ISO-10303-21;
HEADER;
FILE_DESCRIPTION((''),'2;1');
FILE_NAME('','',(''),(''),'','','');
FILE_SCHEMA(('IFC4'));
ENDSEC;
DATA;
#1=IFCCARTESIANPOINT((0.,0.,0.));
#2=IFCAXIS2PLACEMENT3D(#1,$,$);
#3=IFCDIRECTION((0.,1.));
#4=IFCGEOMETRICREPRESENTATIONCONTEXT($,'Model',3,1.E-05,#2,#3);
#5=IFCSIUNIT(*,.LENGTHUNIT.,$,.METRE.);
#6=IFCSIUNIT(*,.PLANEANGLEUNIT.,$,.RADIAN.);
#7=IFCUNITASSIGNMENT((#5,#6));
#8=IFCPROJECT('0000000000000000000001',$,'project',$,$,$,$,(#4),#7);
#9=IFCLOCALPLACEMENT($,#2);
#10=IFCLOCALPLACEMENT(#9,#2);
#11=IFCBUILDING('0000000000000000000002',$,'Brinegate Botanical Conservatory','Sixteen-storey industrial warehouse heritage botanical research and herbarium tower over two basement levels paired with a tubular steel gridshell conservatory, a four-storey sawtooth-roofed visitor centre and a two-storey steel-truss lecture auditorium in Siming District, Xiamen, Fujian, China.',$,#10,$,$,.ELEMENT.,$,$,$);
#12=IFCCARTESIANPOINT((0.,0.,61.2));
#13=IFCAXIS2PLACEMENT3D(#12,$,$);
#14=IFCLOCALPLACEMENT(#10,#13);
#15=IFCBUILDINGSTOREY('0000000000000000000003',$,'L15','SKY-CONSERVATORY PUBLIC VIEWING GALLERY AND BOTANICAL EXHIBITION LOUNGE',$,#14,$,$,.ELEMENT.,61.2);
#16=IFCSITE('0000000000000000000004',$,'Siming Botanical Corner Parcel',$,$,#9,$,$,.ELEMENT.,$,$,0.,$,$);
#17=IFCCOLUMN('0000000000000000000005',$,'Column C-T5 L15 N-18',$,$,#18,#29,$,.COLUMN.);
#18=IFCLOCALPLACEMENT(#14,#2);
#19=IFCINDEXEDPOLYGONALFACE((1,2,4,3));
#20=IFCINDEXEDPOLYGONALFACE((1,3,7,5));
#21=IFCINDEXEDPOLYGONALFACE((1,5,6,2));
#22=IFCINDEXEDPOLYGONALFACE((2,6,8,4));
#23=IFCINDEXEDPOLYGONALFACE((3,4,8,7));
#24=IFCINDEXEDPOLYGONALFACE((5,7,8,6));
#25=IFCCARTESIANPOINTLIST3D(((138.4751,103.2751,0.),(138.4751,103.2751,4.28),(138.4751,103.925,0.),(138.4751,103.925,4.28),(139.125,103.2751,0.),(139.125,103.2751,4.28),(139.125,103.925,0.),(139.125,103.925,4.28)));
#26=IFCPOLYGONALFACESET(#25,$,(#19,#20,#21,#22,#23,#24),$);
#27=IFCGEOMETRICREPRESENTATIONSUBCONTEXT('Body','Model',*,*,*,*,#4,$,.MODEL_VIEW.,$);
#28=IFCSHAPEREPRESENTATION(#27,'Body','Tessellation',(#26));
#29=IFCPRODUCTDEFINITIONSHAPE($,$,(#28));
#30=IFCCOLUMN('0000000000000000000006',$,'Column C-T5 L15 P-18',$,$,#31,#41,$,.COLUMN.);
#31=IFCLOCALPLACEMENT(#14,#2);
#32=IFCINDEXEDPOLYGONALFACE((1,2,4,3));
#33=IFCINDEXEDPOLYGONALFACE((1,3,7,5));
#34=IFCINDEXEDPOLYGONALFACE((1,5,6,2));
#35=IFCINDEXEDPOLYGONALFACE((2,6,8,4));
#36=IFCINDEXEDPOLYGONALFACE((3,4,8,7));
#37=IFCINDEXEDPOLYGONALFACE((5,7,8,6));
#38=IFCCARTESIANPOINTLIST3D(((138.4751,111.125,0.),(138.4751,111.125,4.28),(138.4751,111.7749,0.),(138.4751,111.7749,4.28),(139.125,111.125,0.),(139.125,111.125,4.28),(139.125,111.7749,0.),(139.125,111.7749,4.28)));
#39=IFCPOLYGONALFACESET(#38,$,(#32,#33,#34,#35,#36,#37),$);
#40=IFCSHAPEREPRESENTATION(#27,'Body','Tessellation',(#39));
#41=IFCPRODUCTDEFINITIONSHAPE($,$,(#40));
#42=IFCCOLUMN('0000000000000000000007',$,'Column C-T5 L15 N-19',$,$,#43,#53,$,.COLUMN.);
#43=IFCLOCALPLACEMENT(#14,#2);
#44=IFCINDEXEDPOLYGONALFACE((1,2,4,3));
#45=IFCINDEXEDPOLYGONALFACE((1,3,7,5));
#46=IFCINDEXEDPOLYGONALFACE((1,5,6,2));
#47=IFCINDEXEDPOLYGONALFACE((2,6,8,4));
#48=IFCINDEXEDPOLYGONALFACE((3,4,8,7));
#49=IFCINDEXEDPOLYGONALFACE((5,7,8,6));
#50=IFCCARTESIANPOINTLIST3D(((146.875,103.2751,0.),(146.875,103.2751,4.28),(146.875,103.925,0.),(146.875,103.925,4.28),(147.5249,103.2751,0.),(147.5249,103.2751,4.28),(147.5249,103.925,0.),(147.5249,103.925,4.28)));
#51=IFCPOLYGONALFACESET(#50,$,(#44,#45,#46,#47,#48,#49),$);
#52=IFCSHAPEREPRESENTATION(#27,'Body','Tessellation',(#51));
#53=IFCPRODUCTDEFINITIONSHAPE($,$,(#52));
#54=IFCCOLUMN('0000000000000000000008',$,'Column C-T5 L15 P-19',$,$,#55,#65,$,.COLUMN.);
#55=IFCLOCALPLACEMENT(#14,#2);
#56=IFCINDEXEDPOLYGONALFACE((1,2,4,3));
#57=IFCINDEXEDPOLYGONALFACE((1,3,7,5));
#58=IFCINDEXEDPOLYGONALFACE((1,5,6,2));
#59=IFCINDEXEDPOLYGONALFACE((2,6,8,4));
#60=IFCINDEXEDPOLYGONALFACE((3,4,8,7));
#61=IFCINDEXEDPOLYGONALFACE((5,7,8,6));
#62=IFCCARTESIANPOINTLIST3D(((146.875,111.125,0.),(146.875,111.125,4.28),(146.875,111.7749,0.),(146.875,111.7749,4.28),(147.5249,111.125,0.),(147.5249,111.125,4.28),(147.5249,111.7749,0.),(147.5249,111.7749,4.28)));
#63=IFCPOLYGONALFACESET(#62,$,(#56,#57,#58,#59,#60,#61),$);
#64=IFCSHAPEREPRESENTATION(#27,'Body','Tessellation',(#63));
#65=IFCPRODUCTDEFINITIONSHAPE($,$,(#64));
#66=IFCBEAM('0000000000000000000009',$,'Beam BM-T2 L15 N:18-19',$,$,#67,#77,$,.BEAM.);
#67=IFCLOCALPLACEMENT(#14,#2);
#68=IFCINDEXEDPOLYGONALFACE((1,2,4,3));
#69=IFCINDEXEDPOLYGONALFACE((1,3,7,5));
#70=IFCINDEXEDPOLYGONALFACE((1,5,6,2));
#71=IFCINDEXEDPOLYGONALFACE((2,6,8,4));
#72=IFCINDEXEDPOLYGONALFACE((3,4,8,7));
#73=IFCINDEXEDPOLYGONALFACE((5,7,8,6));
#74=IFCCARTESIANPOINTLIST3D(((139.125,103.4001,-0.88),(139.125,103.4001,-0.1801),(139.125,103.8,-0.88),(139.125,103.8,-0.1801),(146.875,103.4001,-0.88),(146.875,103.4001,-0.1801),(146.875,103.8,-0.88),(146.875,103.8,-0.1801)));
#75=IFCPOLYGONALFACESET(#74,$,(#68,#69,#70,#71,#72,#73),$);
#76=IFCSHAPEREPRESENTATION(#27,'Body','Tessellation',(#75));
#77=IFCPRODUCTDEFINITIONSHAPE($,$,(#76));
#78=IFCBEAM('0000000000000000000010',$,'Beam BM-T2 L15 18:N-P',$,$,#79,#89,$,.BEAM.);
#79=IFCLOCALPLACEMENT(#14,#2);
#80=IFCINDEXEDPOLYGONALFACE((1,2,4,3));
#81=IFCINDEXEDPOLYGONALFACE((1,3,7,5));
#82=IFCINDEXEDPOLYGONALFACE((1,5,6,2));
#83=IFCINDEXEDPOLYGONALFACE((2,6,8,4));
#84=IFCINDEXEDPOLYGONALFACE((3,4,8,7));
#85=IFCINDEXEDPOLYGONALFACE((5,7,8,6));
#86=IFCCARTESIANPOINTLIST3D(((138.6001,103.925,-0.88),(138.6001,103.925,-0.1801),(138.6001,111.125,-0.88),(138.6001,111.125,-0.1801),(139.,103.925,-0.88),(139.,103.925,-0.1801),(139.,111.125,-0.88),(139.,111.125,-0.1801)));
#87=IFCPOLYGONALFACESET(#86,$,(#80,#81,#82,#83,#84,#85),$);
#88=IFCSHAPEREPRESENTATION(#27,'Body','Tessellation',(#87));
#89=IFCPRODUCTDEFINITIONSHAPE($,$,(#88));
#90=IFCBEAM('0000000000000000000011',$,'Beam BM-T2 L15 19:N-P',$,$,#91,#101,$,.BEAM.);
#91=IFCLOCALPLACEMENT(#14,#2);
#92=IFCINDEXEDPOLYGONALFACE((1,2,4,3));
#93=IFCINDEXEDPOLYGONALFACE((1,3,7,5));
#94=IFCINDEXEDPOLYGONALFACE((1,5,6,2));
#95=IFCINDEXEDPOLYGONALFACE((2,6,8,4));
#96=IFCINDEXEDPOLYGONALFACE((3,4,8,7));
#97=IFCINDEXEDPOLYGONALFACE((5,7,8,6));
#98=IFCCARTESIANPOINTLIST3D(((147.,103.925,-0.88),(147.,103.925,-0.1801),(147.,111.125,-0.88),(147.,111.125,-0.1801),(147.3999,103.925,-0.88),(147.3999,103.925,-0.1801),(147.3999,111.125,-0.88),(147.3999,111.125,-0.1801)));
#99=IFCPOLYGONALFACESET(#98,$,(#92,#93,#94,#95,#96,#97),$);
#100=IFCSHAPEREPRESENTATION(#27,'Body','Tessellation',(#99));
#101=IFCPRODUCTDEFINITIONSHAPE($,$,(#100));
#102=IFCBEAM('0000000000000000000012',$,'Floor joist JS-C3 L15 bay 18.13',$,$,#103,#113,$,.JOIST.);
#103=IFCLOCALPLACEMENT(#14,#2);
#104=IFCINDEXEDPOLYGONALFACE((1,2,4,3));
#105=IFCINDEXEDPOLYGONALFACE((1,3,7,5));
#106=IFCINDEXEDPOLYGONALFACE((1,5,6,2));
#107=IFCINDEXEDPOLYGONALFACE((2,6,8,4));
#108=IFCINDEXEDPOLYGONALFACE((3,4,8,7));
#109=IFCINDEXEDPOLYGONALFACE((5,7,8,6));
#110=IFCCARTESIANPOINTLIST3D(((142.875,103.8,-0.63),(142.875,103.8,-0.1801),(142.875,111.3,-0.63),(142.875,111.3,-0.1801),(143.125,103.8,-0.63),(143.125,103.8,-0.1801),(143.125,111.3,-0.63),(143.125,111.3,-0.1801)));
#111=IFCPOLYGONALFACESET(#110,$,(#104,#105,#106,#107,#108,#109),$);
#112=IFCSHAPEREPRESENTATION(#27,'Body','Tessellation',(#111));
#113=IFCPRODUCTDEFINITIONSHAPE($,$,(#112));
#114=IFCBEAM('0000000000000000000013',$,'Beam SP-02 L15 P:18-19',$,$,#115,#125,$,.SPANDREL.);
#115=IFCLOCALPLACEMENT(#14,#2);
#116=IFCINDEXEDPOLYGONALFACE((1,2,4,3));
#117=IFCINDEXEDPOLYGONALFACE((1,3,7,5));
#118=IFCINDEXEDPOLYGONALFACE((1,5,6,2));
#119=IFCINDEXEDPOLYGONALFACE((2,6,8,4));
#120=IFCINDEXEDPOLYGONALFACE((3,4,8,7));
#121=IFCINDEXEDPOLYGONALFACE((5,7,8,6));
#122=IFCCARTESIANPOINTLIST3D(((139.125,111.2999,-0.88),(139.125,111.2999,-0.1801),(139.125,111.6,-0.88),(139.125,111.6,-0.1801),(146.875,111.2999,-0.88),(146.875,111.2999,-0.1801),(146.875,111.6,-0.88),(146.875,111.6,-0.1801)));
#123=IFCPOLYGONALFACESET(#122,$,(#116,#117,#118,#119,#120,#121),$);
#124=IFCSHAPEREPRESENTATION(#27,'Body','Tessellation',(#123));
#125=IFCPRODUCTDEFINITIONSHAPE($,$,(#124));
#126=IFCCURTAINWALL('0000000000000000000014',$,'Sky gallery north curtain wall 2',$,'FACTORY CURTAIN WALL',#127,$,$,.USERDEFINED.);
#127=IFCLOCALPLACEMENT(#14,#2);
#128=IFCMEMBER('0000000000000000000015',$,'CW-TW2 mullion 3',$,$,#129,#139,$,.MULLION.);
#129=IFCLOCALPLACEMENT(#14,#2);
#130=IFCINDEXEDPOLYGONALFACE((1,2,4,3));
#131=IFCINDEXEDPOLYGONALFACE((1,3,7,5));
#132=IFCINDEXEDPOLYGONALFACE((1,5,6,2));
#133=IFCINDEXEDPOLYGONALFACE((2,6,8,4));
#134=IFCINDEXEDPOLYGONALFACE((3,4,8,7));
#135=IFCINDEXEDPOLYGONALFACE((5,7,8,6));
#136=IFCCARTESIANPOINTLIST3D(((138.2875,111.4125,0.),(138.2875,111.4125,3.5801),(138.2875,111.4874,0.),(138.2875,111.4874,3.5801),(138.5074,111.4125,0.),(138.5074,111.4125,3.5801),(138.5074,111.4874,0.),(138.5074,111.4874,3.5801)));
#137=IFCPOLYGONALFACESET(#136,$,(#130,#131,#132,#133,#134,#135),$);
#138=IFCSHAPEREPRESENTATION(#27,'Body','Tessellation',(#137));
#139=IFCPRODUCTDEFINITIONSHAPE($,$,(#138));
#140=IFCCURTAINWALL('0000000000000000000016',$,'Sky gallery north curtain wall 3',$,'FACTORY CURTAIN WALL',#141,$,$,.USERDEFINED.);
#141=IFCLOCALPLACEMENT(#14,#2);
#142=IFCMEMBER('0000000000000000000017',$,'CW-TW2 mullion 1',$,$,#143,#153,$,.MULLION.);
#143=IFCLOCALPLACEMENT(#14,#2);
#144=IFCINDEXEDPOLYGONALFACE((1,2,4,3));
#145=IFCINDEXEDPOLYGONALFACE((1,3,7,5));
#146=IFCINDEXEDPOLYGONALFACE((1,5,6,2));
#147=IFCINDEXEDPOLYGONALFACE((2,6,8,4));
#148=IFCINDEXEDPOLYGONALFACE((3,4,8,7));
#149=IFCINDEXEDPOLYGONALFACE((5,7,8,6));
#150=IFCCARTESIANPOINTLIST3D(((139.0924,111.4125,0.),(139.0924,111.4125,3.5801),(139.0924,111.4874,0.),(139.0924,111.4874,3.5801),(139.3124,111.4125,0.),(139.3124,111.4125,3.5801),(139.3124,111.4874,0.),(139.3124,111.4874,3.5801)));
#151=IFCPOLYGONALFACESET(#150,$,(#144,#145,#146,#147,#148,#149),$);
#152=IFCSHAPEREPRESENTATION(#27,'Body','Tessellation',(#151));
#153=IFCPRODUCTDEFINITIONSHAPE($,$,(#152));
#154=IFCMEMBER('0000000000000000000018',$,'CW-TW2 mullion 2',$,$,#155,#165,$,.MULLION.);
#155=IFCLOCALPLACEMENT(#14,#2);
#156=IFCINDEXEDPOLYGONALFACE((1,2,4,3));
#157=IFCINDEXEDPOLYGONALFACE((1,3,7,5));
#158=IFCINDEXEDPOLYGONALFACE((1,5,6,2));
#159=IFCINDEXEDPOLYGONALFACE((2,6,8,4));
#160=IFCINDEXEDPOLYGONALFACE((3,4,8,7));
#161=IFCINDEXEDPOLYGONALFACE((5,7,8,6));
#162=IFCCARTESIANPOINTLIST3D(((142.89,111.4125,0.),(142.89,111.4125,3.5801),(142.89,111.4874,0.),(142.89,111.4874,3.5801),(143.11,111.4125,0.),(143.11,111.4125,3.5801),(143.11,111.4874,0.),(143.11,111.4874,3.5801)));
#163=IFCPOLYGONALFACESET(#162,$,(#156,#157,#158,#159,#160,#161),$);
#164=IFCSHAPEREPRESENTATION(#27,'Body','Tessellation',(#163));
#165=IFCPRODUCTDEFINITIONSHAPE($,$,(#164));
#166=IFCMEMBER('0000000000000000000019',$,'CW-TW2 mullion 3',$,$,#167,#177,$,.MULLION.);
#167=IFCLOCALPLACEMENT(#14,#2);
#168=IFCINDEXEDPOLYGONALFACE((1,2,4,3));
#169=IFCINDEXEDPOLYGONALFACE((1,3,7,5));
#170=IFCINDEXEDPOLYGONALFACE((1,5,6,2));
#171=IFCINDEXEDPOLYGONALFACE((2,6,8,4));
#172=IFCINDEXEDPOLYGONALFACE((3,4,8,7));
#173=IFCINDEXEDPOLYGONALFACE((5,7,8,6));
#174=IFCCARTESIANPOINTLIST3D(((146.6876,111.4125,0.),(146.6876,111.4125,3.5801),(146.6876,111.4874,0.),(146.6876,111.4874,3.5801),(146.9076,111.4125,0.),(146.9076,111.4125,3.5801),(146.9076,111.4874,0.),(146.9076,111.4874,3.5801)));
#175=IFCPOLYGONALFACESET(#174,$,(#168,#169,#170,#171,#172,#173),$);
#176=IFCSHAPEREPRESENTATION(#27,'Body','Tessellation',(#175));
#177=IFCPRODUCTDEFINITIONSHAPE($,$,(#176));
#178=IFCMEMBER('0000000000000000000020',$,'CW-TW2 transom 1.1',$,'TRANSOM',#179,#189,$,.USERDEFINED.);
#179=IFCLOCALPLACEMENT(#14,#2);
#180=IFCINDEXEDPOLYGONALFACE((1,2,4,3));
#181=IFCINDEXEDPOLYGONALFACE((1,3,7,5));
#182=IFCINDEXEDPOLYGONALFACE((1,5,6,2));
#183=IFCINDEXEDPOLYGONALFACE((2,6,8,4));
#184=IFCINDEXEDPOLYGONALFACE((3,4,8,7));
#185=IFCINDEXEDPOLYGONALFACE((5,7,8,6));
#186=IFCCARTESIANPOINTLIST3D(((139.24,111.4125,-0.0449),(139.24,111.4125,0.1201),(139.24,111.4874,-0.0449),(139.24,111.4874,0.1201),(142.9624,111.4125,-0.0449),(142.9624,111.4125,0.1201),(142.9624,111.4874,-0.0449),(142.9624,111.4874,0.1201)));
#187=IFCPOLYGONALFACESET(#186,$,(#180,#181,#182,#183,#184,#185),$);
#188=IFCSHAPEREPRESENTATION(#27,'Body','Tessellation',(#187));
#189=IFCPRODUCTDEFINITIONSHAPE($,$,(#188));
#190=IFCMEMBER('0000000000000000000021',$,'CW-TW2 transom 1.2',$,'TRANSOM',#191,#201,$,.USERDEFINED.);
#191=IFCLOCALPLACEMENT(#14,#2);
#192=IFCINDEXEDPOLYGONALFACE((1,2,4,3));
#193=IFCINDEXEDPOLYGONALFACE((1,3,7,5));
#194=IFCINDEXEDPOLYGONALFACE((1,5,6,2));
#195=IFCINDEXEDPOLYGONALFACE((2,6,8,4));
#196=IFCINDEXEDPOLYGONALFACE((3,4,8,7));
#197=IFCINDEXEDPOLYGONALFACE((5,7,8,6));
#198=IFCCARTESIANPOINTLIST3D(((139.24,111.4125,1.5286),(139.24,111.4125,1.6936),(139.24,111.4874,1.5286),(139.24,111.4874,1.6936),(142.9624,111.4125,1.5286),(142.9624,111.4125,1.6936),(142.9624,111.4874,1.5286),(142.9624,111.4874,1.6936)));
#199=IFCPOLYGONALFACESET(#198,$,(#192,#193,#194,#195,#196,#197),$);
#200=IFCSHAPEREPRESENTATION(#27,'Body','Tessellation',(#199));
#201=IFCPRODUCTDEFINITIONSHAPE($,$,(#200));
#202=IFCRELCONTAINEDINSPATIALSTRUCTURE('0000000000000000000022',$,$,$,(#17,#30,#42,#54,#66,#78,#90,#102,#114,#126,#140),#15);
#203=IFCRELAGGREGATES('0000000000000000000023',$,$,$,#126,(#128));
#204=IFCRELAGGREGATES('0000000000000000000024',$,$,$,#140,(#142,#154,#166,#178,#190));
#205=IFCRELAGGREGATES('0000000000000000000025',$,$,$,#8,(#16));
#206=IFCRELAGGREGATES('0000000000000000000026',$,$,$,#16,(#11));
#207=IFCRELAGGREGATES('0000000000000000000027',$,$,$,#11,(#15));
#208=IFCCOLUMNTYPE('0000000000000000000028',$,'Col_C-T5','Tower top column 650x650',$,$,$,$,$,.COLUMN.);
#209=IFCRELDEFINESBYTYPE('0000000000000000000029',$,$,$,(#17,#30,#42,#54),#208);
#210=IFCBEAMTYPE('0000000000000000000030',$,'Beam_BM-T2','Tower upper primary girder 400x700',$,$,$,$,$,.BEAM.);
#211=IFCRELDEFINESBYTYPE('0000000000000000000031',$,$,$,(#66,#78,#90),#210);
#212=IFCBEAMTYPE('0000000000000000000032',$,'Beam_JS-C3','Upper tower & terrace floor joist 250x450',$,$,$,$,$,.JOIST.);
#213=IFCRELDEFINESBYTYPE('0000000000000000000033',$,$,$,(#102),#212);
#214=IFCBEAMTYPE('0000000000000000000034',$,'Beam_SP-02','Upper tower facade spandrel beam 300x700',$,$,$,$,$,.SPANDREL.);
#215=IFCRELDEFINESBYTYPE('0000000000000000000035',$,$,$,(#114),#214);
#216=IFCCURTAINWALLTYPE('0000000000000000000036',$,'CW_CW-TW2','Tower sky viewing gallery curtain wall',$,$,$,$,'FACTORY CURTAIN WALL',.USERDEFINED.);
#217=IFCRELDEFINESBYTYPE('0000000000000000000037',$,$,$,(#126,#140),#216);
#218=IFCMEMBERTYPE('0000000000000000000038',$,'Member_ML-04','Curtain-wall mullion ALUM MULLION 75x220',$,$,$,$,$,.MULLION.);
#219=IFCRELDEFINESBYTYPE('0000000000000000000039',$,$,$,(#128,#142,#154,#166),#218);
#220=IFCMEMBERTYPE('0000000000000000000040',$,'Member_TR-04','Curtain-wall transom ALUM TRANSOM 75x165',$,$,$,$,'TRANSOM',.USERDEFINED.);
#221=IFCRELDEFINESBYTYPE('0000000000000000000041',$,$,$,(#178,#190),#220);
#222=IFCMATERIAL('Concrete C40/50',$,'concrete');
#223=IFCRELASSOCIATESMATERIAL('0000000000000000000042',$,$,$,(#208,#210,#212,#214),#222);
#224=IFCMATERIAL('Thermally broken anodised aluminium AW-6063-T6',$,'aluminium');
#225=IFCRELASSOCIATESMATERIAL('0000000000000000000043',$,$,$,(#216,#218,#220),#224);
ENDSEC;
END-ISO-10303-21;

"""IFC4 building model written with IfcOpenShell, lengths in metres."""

from ifc_helpers import new_model, si_unit, direction, frame, origin, origin_2d, place, context, subcontext, project, spatial, rectangle, extrude, material, material_profile, profile_set, type_object, element, aggregate, save


model = new_model("IFC4")

# Units and contexts
model_context = context("Model", 3, precision=1e-05, world=origin(), true_north=direction((0.0, 1.0)))
body_context = subcontext(model_context, "Body", "Model", "MODEL_VIEW")
ifc_project = project(units=[si_unit("LENGTHUNIT", "METRE"), si_unit("PLANEANGLEUNIT", "RADIAN")], contexts=[model_context])

# Site, building, storey
site_placement = place(None, origin())
site = spatial("IfcSite", under=ifc_project, at=site_placement, Name="Siming Botanical Corner Parcel", CompositionType="ELEMENT", RefElevation=0.0)
building_placement = place(site_placement, origin())
building = spatial("IfcBuilding", under=site, at=building_placement, Name="Brinegate Botanical Conservatory", Description="Sixteen-storey industrial warehouse heritage botanical research and herbarium tower over two basement levels paired with a tubular steel gridshell conservatory, a four-storey sawtooth-roofed visitor centre and a two-storey steel-truss lecture auditorium in Siming District, Xiamen, Fujian, China.", CompositionType="ELEMENT")
storey_placement = place(building_placement, frame((0.0, 0.0, 61.2)))
storey = spatial("IfcBuildingStorey", under=building, at=storey_placement, Name="L15", Description="SKY-CONSERVATORY PUBLIC VIEWING GALLERY AND BOTANICAL EXHIBITION LOUNGE", CompositionType="ELEMENT", Elevation=61.2)

# Columns
ifc_material_1 = material(Name="Concrete C40/50", Category="concrete")
ifc_material_profile_1 = material_profile(ifc_material_1, rectangle(XDim=0.6499, YDim=0.6499, at=origin_2d()), Name="RC COL 650x650")
ifc_profile_set_1 = profile_set([ifc_material_profile_1], Name="Concrete C40/50")
column_type = type_object("IfcColumnType", Name="Col_C-T5", Description="Tower top column 650x650", PredefinedType="COLUMN", material=ifc_profile_set_1)
for number, where, z_axis, x_axis, name in (
    (1, (138.8, 103.6001, 0.0), (0.0, 0.0, 1.0), (1.0, 0.0, 0.0), "Column C-T5 L15 N-18"),
    (2, (138.8, 111.45, 0.0), (0.0, 0.0, 1.0), (1.0, 0.0, 0.0), "Column C-T5 L15 P-18"),
    (3, (147.2, 103.6001, 0.0), (0.0, 0.0, 1.0), (1.0, 0.0, 0.0), "Column C-T5 L15 N-19"),
    (4, (147.2, 111.45, 0.0), (0.0, 0.0, 1.0), (1.0, 0.0, 0.0), "Column C-T5 L15 P-19"),
):
    element("IfcColumn", number, at=place(storey_placement, frame(where, z_axis=z_axis, x_axis=x_axis)), inside=storey, type_object=column_type, Name=name, PredefinedType="COLUMN", context=body_context, shape_type="SweptSolid", body=[
        extrude(rectangle(XDim=0.6499, YDim=0.6499, at=origin_2d()), origin(), (0.0, 0.0, 1.0), 4.28),
    ])

# Beams
ifc_material_profile_2 = material_profile(ifc_material_1, rectangle(XDim=0.3999, YDim=0.7, at=origin_2d()), Name="RC BM 400x700")
ifc_profile_set_2 = profile_set([ifc_material_profile_2], Name="Concrete C40/50")
beam_type_1 = type_object("IfcBeamType", Name="Beam_BM-T2", Description="Tower upper primary girder 400x700", PredefinedType="BEAM", material=ifc_profile_set_2)
beam_1_placement = place(storey_placement, frame((139.125, 103.6001, -0.53), z_axis=(1.0, 0.0, 0.0), x_axis=(0.0, 1.0, 0.0)))
element("IfcBeam", 5, at=beam_1_placement, inside=storey, type_object=beam_type_1, Name="Beam BM-T2 L15 N:18-19", PredefinedType="BEAM", context=body_context, shape_type="SweptSolid", body=[
    extrude(rectangle(XDim=0.3999, YDim=0.7, at=origin_2d()), origin(), (0.0, 0.0, 1.0), 7.75),
])
for number, where, z_axis, x_axis, name in (
    (6, (138.8, 103.925, -0.53), (0.0, 1.0, 0.0), (-1.0, 0.0, 0.0), "Beam BM-T2 L15 18:N-P"),
    (7, (147.2, 103.925, -0.53), (0.0, 1.0, 0.0), (-1.0, 0.0, 0.0), "Beam BM-T2 L15 19:N-P"),
):
    element("IfcBeam", number, at=place(storey_placement, frame(where, z_axis=z_axis, x_axis=x_axis)), inside=storey, type_object=beam_type_1, Name=name, PredefinedType="BEAM", context=body_context, shape_type="SweptSolid", body=[
        extrude(rectangle(XDim=0.3999, YDim=0.7, at=origin_2d()), origin(), (0.0, 0.0, 1.0), 7.2),
    ])
ifc_material_profile_3 = material_profile(ifc_material_1, rectangle(XDim=0.25, YDim=0.45, at=origin_2d()), Name="RC JST 250x450")
ifc_profile_set_3 = profile_set([ifc_material_profile_3], Name="Concrete C40/50")
beam_type_2 = type_object("IfcBeamType", Name="Beam_JS-C3", Description="Upper tower & terrace floor joist 250x450", PredefinedType="JOIST", material=ifc_profile_set_3)
beam_2_placement = place(storey_placement, frame((143.0, 103.8, -0.405), z_axis=(0.0, 1.0, 0.0), x_axis=(-1.0, 0.0, 0.0)))
element("IfcBeam", 8, at=beam_2_placement, inside=storey, type_object=beam_type_2, Name="Floor joist JS-C3 L15 bay 18.13", PredefinedType="JOIST", context=body_context, shape_type="SweptSolid", body=[
    extrude(rectangle(XDim=0.25, YDim=0.45, at=origin_2d()), origin(), (0.0, 0.0, 1.0), 7.5),
])
ifc_material_profile_4 = material_profile(ifc_material_1, rectangle(XDim=0.3, YDim=0.7, at=origin_2d()), Name="RC SPN 300x700")
ifc_profile_set_4 = profile_set([ifc_material_profile_4], Name="Concrete C40/50")
beam_type_3 = type_object("IfcBeamType", Name="Beam_SP-02", Description="Upper tower facade spandrel beam 300x700", PredefinedType="SPANDREL", material=ifc_profile_set_4)
beam_3_placement = place(storey_placement, frame((139.125, 111.45, -0.53), z_axis=(1.0, 0.0, 0.0), x_axis=(0.0, 1.0, 0.0)))
element("IfcBeam", 9, at=beam_3_placement, inside=storey, type_object=beam_type_3, Name="Beam SP-02 L15 P:18-19", PredefinedType="SPANDREL", context=body_context, shape_type="SweptSolid", body=[
    extrude(rectangle(XDim=0.3, YDim=0.7, at=origin_2d()), origin(), (0.0, 0.0, 1.0), 7.75),
])

# Curtain wall, member
ifc_material_2 = material(Name="Thermally broken anodised aluminium AW-6063-T6", Category="aluminium")
curtain_wall_type = type_object("IfcCurtainWallType", Name="CW_CW-TW2", Description="Tower sky viewing gallery curtain wall", ElementType="FACTORY CURTAIN WALL", PredefinedType="USERDEFINED", material=ifc_material_2)
curtain_wall_1_placement = place(storey_placement, origin())
curtain_wall_1 = element("IfcCurtainWall", 10, at=curtain_wall_1_placement, inside=storey, type_object=curtain_wall_type, Name="Sky gallery north curtain wall 2", ObjectType="FACTORY CURTAIN WALL", PredefinedType="USERDEFINED")
ifc_material_profile_5 = material_profile(ifc_material_2, rectangle(XDim=0.075, YDim=0.22, at=origin_2d()), Name="ALUM MULLION 75x220")
ifc_profile_set_5 = profile_set([ifc_material_profile_5], Name="Thermally broken anodised aluminium AW-6063-T6")
member_type_1 = type_object("IfcMemberType", Name="Member_ML-04", Description="Curtain-wall mullion ALUM MULLION 75x220", PredefinedType="MULLION", material=ifc_profile_set_5)
member_1_placement = place(storey_placement, frame((138.3975, 111.45, 0.0), z_axis=(0.0, 0.0, 1.0), x_axis=(0.0, 1.0, 0.0)))
member_1 = element("IfcMember", 11, at=member_1_placement, type_object=member_type_1, Name="CW-TW2 mullion 3", PredefinedType="MULLION", context=body_context, shape_type="SweptSolid", body=[
    extrude(rectangle(XDim=0.075, YDim=0.22, at=origin_2d()), origin(), (0.0, 0.0, 1.0), 3.5801),
])
aggregate(curtain_wall_1, [member_1])

# Curtain wall, members
curtain_wall_2_placement = place(storey_placement, origin())
curtain_wall_2 = element("IfcCurtainWall", 12, at=curtain_wall_2_placement, inside=storey, type_object=curtain_wall_type, Name="Sky gallery north curtain wall 3", ObjectType="FACTORY CURTAIN WALL", PredefinedType="USERDEFINED")
member_2_placement = place(storey_placement, frame((139.2024, 111.45, 0.0), z_axis=(0.0, 0.0, 1.0), x_axis=(0.0, 1.0, 0.0)))
member_2 = element("IfcMember", 13, at=member_2_placement, type_object=member_type_1, Name="CW-TW2 mullion 1", PredefinedType="MULLION", context=body_context, shape_type="SweptSolid", body=[
    extrude(rectangle(XDim=0.075, YDim=0.22, at=origin_2d()), origin(), (0.0, 0.0, 1.0), 3.5801),
])
member_3_placement = place(storey_placement, frame((143.0, 111.45, 0.0), z_axis=(0.0, 0.0, 1.0), x_axis=(0.0, 1.0, 0.0)))
member_3 = element("IfcMember", 14, at=member_3_placement, type_object=member_type_1, Name="CW-TW2 mullion 2", PredefinedType="MULLION", context=body_context, shape_type="SweptSolid", body=[
    extrude(rectangle(XDim=0.075, YDim=0.22, at=origin_2d()), origin(), (0.0, 0.0, 1.0), 3.5801),
])
member_4_placement = place(storey_placement, frame((146.7976, 111.45, 0.0), z_axis=(0.0, 0.0, 1.0), x_axis=(0.0, 1.0, 0.0)))
member_4 = element("IfcMember", 15, at=member_4_placement, type_object=member_type_1, Name="CW-TW2 mullion 3", PredefinedType="MULLION", context=body_context, shape_type="SweptSolid", body=[
    extrude(rectangle(XDim=0.075, YDim=0.22, at=origin_2d()), origin(), (0.0, 0.0, 1.0), 3.5801),
])
ifc_material_profile_6 = material_profile(ifc_material_2, rectangle(XDim=0.075, YDim=0.165, at=origin_2d()), Name="ALUM TRANSOM 75x165")
ifc_profile_set_6 = profile_set([ifc_material_profile_6], Name="Thermally broken anodised aluminium AW-6063-T6")
member_type_2 = type_object("IfcMemberType", Name="Member_TR-04", Description="Curtain-wall transom ALUM TRANSOM 75x165", ElementType="TRANSOM", PredefinedType="USERDEFINED", material=ifc_profile_set_6)
member_5_placement = place(storey_placement, frame((139.24, 111.45, 0.0376), z_axis=(1.0, 0.0, 0.0), x_axis=(0.0, 1.0, 0.0)))
member_5 = element("IfcMember", 16, at=member_5_placement, type_object=member_type_2, Name="CW-TW2 transom 1.1", ObjectType="TRANSOM", PredefinedType="USERDEFINED", context=body_context, shape_type="SweptSolid", body=[
    extrude(rectangle(XDim=0.075, YDim=0.165, at=origin_2d()), origin(), (0.0, 0.0, 1.0), 3.7224),
])
member_6_placement = place(storey_placement, frame((139.24, 111.45, 1.6111), z_axis=(1.0, 0.0, 0.0), x_axis=(0.0, 1.0, 0.0)))
member_6 = element("IfcMember", 17, at=member_6_placement, type_object=member_type_2, Name="CW-TW2 transom 1.2", ObjectType="TRANSOM", PredefinedType="USERDEFINED", context=body_context, shape_type="SweptSolid", body=[
    extrude(rectangle(XDim=0.075, YDim=0.165, at=origin_2d()), origin(), (0.0, 0.0, 1.0), 3.7224),
])
aggregate(curtain_wall_2, [member_2, member_3, member_4, member_5, member_6])

save(model, "model.ifc")
